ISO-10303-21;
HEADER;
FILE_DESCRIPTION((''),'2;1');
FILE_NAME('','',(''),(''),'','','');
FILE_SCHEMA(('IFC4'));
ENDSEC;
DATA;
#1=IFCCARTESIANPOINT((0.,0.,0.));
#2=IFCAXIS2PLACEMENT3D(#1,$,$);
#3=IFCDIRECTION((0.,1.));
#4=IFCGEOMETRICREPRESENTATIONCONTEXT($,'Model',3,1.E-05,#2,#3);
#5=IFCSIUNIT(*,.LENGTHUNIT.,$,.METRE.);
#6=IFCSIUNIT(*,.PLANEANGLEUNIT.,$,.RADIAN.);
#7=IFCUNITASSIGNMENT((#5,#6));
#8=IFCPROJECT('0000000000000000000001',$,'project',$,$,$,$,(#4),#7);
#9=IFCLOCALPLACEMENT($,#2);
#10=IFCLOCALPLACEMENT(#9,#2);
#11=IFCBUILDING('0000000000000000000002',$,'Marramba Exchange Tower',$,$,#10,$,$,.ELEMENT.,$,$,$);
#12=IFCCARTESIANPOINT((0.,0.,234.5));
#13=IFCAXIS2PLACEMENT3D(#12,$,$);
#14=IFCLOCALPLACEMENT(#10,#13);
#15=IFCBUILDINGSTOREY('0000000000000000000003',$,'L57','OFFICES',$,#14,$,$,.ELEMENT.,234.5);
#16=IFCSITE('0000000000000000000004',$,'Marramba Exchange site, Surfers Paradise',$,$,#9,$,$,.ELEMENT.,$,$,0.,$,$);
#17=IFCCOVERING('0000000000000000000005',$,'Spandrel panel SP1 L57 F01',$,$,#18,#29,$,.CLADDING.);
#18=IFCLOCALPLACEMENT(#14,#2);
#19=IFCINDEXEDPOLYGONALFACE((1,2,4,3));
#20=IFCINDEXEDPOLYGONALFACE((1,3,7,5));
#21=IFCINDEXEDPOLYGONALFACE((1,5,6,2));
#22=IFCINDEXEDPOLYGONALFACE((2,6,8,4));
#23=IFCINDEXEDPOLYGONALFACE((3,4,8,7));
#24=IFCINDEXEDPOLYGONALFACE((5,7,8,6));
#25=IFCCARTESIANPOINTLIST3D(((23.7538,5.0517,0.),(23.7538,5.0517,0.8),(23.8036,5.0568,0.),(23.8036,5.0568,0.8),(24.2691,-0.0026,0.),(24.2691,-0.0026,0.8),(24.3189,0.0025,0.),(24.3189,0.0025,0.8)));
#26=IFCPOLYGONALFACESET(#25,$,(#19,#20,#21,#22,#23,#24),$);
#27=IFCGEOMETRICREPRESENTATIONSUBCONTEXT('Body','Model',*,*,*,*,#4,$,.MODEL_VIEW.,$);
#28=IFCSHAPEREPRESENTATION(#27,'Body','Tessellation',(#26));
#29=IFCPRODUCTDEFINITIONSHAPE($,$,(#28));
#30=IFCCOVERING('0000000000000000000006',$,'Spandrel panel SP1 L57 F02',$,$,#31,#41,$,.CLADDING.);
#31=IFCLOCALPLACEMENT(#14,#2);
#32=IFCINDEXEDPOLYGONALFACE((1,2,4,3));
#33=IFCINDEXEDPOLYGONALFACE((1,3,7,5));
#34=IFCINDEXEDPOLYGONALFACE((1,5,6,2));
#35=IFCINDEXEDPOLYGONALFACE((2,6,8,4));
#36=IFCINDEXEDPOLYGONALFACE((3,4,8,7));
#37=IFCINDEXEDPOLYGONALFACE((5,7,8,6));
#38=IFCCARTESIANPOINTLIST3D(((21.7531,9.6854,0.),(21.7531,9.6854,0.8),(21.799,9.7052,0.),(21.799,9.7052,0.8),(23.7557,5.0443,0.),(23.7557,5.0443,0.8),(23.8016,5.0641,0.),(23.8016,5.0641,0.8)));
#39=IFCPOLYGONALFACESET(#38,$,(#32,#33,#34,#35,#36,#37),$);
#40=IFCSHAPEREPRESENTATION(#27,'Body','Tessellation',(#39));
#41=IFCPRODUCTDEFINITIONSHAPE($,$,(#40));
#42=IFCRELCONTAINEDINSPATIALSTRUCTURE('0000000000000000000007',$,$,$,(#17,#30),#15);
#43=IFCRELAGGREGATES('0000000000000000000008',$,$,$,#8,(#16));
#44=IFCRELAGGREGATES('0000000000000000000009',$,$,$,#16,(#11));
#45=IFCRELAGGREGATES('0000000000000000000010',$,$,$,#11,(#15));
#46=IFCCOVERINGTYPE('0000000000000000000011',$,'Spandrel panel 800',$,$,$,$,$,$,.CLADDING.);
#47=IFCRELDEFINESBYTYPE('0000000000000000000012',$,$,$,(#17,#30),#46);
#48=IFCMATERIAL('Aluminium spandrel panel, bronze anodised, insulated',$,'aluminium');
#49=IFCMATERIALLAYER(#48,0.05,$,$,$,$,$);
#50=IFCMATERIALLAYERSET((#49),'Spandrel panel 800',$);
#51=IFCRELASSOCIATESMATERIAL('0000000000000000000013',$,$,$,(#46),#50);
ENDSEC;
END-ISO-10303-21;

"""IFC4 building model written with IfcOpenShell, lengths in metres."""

from ifc_helpers import new_model, si_unit, direction, frame, origin, origin_2d, place, context, subcontext, project, spatial, rectangle, extrude, material, layer, layer_set, type_object, element, save


model = new_model("IFC4")

# Units and contexts
model_context = context("Model", 3, precision=1e-05, world=origin(), true_north=direction((0.0, 1.0)))
body_context = subcontext(model_context, "Body", "Model", "MODEL_VIEW")
ifc_project = project(units=[si_unit("LENGTHUNIT", "METRE"), si_unit("PLANEANGLEUNIT", "RADIAN")], contexts=[model_context])

# Site, building, storey
site_placement = place(None, origin())
site = spatial("IfcSite", under=ifc_project, at=site_placement, Name="Marramba Exchange site, Surfers Paradise", CompositionType="ELEMENT", RefElevation=0.0)
building_placement = place(site_placement, origin())
building = spatial("IfcBuilding", under=site, at=building_placement, Name="Marramba Exchange Tower", CompositionType="ELEMENT")
storey_placement = place(building_placement, frame((0.0, 0.0, 234.5)))
storey = spatial("IfcBuildingStorey", under=building, at=storey_placement, Name="L57", Description="OFFICES", CompositionType="ELEMENT", Elevation=234.5)

# Coverings
ifc_material_1 = material(Name="Aluminium spandrel panel, bronze anodised, insulated", Category="aluminium")
ifc_layer_1 = layer(ifc_material_1, 0.05)
ifc_layer_set_1 = layer_set([ifc_layer_1], Name="Spandrel panel 800")
covering_type = type_object("IfcCoveringType", Name="Spandrel panel 800", PredefinedType="CLADDING", material=ifc_layer_set_1)
covering_1_placement = place(storey_placement, frame((24.0364, 2.5271, 0.0), z_axis=(0.0, 0.0, 1.0), x_axis=(-0.101422, 0.994843, 0.0)))
element("IfcCovering", 1, at=covering_1_placement, inside=storey, type_object=covering_type, Name="Spandrel panel SP1 L57 F01", PredefinedType="CLADDING", context=body_context, shape_type="SweptSolid", body=[
    extrude(rectangle(XDim=5.0806, YDim=0.05, at=origin_2d()), origin(), (0.0, 0.0, 1.0), 0.8),
])
covering_2_placement = place(storey_placement, frame((22.7773, 7.3748, 0.0), z_axis=(0.0, 0.0, 1.0), x_axis=(-0.396193, 0.918167, 0.0)))
element("IfcCovering", 2, at=covering_2_placement, inside=storey, type_object=covering_type, Name="Spandrel panel SP1 L57 F02", PredefinedType="CLADDING", context=body_context, shape_type="SweptSolid", body=[
    extrude(rectangle(XDim=5.0547, YDim=0.05, at=origin_2d()), origin(), (0.0, 0.0, 1.0), 0.8),
])

save(model, "model.ifc")
